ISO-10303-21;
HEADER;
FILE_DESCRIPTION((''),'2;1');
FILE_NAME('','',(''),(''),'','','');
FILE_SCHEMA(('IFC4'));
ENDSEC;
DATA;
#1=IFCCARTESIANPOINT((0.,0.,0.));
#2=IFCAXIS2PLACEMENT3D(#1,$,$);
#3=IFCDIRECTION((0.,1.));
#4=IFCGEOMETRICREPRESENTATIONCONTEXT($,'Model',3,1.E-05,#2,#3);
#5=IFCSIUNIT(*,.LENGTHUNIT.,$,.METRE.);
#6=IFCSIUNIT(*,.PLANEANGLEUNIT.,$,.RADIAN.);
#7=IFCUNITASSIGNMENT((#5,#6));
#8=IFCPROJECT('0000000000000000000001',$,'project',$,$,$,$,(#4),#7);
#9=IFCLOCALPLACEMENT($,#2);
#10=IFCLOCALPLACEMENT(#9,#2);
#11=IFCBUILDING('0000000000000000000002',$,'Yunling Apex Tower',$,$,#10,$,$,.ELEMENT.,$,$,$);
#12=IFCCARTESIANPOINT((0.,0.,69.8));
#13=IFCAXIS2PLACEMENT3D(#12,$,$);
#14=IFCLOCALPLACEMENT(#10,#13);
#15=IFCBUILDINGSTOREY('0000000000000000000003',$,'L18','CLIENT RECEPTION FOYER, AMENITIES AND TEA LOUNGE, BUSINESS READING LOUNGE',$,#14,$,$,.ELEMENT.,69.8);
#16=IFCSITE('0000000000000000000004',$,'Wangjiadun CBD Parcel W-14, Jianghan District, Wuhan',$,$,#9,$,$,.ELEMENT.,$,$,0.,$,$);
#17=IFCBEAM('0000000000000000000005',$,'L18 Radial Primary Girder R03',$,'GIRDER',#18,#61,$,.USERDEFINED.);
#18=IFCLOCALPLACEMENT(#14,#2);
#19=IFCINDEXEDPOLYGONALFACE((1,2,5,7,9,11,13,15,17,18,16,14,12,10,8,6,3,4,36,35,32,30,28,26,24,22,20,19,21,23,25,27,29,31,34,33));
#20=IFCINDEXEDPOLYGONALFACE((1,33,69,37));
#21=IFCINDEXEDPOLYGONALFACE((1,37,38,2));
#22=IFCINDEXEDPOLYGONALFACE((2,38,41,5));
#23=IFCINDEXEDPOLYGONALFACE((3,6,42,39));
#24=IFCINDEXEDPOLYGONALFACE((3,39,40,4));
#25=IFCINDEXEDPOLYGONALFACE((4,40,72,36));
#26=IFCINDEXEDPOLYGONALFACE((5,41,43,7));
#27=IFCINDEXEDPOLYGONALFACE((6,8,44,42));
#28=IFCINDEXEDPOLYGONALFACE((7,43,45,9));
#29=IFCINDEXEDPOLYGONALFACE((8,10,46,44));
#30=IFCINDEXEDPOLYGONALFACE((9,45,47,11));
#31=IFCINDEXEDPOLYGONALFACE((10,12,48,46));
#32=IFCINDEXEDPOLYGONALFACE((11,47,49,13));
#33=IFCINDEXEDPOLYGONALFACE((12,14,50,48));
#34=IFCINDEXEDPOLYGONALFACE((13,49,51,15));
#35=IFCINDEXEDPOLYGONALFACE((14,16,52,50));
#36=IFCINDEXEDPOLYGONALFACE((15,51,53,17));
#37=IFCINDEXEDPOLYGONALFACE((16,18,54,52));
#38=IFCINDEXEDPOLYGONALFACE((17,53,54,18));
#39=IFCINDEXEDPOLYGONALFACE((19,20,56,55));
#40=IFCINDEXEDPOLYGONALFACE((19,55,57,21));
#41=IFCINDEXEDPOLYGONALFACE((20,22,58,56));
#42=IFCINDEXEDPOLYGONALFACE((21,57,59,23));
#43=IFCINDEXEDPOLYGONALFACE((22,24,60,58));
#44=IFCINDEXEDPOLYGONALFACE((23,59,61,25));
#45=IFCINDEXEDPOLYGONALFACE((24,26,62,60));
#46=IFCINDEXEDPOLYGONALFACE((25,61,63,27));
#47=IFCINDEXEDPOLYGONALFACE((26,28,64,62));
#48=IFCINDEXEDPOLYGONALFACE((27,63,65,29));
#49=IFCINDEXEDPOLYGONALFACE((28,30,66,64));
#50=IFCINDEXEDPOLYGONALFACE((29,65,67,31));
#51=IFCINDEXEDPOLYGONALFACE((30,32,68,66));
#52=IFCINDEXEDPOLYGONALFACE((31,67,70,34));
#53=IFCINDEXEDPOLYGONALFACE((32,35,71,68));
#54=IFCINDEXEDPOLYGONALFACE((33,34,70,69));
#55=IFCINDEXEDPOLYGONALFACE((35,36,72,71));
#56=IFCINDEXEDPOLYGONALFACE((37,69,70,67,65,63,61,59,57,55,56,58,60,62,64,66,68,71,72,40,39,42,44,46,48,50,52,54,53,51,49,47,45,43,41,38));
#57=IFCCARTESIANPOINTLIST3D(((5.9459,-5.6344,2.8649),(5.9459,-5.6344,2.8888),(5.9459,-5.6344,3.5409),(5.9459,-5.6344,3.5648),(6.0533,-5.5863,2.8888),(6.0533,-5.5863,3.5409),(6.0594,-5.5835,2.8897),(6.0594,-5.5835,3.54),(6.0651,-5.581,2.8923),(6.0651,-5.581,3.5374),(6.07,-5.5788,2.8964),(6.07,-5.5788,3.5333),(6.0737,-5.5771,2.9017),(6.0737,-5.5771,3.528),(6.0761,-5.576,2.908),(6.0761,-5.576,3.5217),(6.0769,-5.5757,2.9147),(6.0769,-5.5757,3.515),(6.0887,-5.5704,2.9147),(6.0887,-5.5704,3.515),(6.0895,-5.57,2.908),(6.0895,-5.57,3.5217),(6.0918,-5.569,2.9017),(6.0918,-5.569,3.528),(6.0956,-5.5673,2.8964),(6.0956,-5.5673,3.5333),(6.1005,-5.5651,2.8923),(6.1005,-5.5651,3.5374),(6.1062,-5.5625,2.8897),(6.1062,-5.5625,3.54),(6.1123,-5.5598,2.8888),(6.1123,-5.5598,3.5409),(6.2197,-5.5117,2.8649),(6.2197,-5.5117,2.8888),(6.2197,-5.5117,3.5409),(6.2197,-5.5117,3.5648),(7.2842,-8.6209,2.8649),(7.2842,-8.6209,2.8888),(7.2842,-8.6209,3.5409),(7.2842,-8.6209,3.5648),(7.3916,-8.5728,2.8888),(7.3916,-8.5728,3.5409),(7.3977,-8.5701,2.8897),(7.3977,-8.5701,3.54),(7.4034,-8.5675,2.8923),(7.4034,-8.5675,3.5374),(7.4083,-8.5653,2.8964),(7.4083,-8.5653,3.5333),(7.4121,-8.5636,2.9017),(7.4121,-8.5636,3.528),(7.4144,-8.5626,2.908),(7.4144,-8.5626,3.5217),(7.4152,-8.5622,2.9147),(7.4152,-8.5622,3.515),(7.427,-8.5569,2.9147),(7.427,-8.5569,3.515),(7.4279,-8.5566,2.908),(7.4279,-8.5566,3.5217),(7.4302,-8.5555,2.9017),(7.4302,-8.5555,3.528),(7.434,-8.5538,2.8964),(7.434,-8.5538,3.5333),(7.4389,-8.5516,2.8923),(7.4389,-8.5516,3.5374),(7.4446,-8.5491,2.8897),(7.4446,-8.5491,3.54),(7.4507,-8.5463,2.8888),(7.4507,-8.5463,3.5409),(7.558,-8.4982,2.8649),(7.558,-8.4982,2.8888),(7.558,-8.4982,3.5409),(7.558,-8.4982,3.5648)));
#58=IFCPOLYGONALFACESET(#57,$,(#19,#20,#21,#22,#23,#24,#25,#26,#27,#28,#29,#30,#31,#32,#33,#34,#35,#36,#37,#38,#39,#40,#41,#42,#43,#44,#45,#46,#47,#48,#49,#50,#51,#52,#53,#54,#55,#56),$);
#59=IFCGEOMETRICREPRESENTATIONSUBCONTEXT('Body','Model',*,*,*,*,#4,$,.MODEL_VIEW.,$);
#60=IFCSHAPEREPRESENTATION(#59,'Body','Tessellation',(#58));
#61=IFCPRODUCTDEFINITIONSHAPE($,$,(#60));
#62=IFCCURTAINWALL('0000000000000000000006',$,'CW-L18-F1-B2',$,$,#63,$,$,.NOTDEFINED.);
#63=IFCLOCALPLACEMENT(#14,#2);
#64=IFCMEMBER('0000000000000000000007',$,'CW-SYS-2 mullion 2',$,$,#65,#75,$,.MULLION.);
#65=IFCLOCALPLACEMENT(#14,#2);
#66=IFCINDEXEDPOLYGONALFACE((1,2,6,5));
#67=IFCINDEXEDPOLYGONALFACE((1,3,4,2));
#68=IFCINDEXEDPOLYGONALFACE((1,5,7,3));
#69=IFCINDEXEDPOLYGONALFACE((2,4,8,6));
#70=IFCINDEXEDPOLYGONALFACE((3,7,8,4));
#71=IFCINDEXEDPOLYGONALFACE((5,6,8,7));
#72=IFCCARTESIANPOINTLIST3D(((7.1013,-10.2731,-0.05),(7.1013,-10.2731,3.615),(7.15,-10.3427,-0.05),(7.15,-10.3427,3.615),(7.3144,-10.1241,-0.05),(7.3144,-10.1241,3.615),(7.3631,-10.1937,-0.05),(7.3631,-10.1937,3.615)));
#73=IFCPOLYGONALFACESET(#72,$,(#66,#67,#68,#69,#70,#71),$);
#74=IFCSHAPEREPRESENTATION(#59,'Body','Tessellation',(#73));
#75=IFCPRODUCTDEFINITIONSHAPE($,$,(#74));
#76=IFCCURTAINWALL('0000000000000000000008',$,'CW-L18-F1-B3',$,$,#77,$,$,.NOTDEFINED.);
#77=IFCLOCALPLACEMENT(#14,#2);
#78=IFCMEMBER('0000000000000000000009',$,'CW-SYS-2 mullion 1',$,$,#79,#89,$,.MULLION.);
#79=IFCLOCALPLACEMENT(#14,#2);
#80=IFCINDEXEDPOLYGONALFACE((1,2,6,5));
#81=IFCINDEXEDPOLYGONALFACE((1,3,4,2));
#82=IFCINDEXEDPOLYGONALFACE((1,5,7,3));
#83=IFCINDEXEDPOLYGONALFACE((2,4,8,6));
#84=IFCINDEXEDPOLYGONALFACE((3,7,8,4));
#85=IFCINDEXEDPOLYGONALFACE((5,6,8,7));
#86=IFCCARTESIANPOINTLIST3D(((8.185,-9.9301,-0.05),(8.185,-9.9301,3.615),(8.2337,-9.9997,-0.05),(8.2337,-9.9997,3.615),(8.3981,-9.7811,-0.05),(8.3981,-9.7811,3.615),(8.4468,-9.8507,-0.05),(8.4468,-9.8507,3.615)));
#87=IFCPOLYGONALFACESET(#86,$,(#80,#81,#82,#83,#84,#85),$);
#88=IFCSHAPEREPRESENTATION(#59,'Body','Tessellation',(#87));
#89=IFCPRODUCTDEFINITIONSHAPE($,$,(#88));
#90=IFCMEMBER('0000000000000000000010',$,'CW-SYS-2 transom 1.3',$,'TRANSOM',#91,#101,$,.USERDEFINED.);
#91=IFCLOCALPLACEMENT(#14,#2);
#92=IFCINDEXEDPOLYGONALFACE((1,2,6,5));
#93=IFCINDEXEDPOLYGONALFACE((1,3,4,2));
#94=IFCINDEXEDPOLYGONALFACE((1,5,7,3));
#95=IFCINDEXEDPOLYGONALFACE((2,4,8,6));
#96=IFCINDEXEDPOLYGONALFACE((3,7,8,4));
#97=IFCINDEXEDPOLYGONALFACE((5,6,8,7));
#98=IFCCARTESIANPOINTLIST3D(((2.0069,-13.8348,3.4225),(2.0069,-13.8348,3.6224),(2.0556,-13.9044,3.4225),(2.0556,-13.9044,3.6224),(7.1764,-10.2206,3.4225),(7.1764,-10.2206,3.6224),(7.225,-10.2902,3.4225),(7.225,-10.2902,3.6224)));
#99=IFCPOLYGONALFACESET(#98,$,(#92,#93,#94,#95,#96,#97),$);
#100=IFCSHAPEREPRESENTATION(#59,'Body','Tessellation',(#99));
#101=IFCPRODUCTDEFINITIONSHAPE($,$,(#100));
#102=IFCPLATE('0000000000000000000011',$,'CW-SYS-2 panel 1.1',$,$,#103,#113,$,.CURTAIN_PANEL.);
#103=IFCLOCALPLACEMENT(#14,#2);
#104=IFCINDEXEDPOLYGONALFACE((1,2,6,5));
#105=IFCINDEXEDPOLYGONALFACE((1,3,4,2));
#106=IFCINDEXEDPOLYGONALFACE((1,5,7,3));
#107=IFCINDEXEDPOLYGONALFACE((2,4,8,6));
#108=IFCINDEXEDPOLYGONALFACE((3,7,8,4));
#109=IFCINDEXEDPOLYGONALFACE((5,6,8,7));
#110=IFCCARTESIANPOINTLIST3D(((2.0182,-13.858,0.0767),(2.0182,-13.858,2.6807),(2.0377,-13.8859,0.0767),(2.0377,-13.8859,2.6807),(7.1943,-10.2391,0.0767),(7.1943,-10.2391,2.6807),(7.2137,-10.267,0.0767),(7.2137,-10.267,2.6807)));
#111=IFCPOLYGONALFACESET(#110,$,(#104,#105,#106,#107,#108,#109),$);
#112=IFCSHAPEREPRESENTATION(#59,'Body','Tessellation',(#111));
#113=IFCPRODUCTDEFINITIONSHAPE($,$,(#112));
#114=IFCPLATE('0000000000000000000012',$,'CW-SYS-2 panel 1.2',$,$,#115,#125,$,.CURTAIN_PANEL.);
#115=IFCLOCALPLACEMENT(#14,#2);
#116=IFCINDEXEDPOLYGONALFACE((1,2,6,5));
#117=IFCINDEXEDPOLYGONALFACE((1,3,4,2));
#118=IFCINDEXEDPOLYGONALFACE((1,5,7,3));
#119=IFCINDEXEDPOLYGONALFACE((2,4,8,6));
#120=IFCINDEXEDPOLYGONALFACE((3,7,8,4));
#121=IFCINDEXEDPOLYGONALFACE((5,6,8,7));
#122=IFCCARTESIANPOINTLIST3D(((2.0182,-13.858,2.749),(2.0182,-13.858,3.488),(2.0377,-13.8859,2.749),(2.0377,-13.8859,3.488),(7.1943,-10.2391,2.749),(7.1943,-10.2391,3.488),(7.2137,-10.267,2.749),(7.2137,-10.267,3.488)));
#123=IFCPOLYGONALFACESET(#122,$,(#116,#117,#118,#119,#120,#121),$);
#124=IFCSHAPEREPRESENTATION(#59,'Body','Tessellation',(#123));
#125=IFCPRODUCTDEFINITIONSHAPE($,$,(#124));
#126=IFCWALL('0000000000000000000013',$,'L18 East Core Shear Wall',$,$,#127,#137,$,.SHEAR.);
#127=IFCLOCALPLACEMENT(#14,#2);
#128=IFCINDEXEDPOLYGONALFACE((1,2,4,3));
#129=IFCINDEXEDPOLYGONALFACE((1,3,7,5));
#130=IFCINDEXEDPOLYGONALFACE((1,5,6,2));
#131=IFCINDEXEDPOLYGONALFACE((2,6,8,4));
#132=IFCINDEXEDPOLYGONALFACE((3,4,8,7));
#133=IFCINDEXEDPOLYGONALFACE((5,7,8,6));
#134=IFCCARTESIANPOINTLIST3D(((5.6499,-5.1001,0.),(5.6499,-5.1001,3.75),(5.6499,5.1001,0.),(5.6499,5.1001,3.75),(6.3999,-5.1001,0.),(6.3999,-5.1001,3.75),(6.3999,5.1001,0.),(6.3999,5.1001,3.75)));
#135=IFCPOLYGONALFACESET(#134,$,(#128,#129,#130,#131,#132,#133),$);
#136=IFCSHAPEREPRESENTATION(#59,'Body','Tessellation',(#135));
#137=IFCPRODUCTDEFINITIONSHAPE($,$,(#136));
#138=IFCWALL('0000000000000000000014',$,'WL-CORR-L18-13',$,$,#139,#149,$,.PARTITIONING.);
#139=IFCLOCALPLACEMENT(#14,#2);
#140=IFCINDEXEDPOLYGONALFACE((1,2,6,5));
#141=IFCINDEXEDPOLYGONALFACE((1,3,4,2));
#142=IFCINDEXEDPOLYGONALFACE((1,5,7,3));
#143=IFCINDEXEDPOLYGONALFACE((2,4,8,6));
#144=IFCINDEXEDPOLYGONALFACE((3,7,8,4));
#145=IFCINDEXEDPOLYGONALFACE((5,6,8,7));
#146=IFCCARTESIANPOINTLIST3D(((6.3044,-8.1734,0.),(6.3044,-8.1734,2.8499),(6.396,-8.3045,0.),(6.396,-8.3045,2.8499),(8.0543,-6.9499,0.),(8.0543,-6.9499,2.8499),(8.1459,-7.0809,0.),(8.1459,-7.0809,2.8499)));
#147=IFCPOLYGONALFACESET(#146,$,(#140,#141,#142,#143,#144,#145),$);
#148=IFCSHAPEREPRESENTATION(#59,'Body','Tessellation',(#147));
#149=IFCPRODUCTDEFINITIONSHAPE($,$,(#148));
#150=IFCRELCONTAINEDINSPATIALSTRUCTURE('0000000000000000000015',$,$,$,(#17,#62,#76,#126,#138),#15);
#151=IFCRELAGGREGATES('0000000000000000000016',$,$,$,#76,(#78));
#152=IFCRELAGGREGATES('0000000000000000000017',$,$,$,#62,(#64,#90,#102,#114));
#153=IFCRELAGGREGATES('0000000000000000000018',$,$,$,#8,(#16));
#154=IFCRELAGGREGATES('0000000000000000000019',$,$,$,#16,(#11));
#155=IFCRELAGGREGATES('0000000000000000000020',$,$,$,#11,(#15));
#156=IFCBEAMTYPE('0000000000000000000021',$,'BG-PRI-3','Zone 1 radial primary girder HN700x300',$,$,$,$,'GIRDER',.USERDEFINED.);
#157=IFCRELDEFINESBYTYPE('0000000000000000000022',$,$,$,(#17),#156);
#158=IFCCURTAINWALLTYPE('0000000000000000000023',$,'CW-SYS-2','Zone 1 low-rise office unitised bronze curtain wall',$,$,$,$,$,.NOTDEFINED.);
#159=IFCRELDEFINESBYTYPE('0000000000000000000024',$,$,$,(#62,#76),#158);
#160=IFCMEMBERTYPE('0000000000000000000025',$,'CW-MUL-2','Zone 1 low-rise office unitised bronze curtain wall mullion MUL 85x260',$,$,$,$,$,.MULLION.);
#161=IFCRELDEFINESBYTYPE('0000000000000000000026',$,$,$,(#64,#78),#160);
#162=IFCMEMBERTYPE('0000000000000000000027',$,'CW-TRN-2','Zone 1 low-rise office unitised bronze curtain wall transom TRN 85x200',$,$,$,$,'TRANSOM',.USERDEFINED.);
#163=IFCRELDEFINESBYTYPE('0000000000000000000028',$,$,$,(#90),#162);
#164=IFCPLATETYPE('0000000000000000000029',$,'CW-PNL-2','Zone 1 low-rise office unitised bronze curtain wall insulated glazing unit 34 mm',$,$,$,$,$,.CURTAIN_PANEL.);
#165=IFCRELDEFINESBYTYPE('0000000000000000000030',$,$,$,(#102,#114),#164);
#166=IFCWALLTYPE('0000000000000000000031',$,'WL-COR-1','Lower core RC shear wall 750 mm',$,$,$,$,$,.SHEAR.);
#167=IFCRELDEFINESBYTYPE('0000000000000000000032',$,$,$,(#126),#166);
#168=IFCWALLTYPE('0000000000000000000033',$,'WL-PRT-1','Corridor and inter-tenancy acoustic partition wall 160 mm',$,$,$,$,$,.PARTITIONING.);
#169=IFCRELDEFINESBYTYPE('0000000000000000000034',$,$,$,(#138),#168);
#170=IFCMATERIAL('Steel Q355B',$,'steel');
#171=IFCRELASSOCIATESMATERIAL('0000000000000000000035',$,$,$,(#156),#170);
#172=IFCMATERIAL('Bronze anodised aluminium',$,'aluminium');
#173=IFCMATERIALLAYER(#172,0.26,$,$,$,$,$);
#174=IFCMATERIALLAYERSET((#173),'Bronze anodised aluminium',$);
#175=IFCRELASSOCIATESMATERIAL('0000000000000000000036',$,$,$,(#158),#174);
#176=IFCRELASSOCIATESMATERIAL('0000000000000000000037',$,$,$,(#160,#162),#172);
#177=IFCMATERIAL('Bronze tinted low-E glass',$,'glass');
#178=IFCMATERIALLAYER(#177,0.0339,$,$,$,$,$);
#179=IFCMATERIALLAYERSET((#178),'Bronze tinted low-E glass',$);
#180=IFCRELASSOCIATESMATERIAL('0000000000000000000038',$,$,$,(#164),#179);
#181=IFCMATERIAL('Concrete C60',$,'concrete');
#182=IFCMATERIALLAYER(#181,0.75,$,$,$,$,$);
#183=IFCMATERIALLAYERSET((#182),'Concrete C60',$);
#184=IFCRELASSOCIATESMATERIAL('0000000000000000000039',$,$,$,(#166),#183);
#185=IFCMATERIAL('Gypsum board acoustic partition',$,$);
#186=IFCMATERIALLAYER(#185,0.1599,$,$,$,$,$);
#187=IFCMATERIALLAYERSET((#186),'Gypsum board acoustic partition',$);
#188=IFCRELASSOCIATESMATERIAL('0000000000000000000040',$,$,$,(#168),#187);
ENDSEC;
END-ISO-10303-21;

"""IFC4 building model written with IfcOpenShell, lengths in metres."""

from ifc_helpers import new_model, si_unit, direction, frame, frame_2d, origin, origin_2d, place, context, subcontext, project, spatial, rectangle, i_section, extrude, source, transform, mapped, material, layer, layer_set, material_profile, profile_set, type_object, element, aggregate, save


model = new_model("IFC4")

# Units and contexts
model_context = context("Model", 3, precision=1e-05, world=origin(), true_north=direction((0.0, 1.0)))
body_context = subcontext(model_context, "Body", "Model", "MODEL_VIEW")
ifc_project = project(units=[si_unit("LENGTHUNIT", "METRE"), si_unit("PLANEANGLEUNIT", "RADIAN")], contexts=[model_context])

# Site, building, storey
site_placement = place(None, origin())
site = spatial("IfcSite", under=ifc_project, at=site_placement, Name="Wangjiadun CBD Parcel W-14, Jianghan District, Wuhan", CompositionType="ELEMENT", RefElevation=0.0)
building_placement = place(site_placement, origin())
building = spatial("IfcBuilding", under=site, at=building_placement, Name="Yunling Apex Tower", CompositionType="ELEMENT")
storey_placement = place(building_placement, frame((0.0, 0.0, 69.8)))
storey = spatial("IfcBuildingStorey", under=building, at=storey_placement, Name="L18", Description="CLIENT RECEPTION FOYER, AMENITIES AND TEA LOUNGE, BUSINESS READING LOUNGE", CompositionType="ELEMENT", Elevation=69.8)

# Shared definitions
ifc_material_1 = material(Name="Concrete C60", Category="concrete")

# Beam
ifc_material_2 = material(Name="Steel Q355B", Category="steel")
ifc_material_profile_1 = material_profile(ifc_material_2, i_section(OverallWidth=0.3, OverallDepth=0.7, WebThickness=0.0129, FlangeThickness=0.0239, FilletRadius=0.0259, at=origin_2d()))
ifc_profile_set_1 = profile_set([ifc_material_profile_1], Name="Steel Q355B")
beam_type = type_object("IfcBeamType", Name="BG-PRI-3", Description="Zone 1 radial primary girder HN700x300", ElementType="GIRDER", PredefinedType="USERDEFINED", material=ifc_profile_set_1)
shared_shape_1 = source(origin(), body_context, "Body", "SweptSolid", [
    extrude(i_section(OverallWidth=0.3, OverallDepth=0.7, WebThickness=0.0129, FlangeThickness=0.0239, FilletRadius=0.0259, at=origin_2d()), origin(), (0.0, 0.0, 1.0), 3.2727),
])
beam_1_placement = place(storey_placement, frame((7.4211, -8.5596, 3.2148), z_axis=(-0.408947, 0.912558, 0.0), x_axis=(-0.912558, -0.408947, 0.0)))
element("IfcBeam", 1, at=beam_1_placement, inside=storey, type_object=beam_type, Name="L18 Radial Primary Girder R03", ObjectType="GIRDER", PredefinedType="USERDEFINED", context=body_context, shape_type="MappedRepresentation", body=[
    mapped(shared_shape_1, transform((0.0, 0.0, 0.0), scale=1.0)),
])

# Curtain walls, members
ifc_material_3 = material(Name="Bronze anodised aluminium", Category="aluminium")
ifc_layer_1 = layer(ifc_material_3, 0.26)
ifc_layer_set_1 = layer_set([ifc_layer_1], Name="Bronze anodised aluminium")
curtain_wall_type = type_object("IfcCurtainWallType", Name="CW-SYS-2", Description="Zone 1 low-rise office unitised bronze curtain wall", PredefinedType="NOTDEFINED", material=ifc_layer_set_1)
curtain_wall_1_placement = place(storey_placement, origin())
curtain_wall_1 = element("IfcCurtainWall", 2, at=curtain_wall_1_placement, inside=storey, type_object=curtain_wall_type, Name="CW-L18-F1-B2", PredefinedType="NOTDEFINED")
ifc_material_profile_2 = material_profile(ifc_material_3, rectangle(XDim=0.085, YDim=0.26, at=origin_2d()))
ifc_profile_set_2 = profile_set([ifc_material_profile_2], Name="Bronze anodised aluminium")
member_type_1 = type_object("IfcMemberType", Name="CW-MUL-2", Description="Zone 1 low-rise office unitised bronze curtain wall mullion MUL 85x260", PredefinedType="MULLION", material=ifc_profile_set_2)
shared_shape_2 = source(origin(), body_context, "Body", "SweptSolid", [
    extrude(rectangle(XDim=0.085, YDim=0.26, at=origin_2d()), origin(), (0.0, 0.0, 1.0), 3.665),
])
member_1_placement = place(storey_placement, frame((7.2322, -10.2334, -0.05), z_axis=(0.0, 0.0, 1.0), x_axis=(-0.573003, 0.819553, 0.0)))
member_1 = element("IfcMember", 3, at=member_1_placement, type_object=member_type_1, Name="CW-SYS-2 mullion 2", PredefinedType="MULLION", context=body_context, shape_type="MappedRepresentation", body=[
    mapped(shared_shape_2, transform((0.0, 0.0, 0.0), scale=1.0)),
])
curtain_wall_2_placement = place(storey_placement, origin())
curtain_wall_2 = element("IfcCurtainWall", 4, at=curtain_wall_2_placement, inside=storey, type_object=curtain_wall_type, Name="CW-L18-F1-B3", PredefinedType="NOTDEFINED")
member_2_placement = place(storey_placement, frame((8.3159, -9.8904, -0.05), z_axis=(0.0, 0.0, 1.0), x_axis=(-0.572996, 0.819558, 0.0)))
member_2 = element("IfcMember", 5, at=member_2_placement, type_object=member_type_1, Name="CW-SYS-2 mullion 1", PredefinedType="MULLION", context=body_context, shape_type="MappedRepresentation", body=[
    mapped(shared_shape_2, transform((0.0, 0.0, 0.0), scale=1.0)),
])
aggregate(curtain_wall_2, [member_2])

# Member
ifc_material_profile_3 = material_profile(ifc_material_3, rectangle(XDim=0.085, YDim=0.2, at=origin_2d()))
ifc_profile_set_3 = profile_set([ifc_material_profile_3], Name="Bronze anodised aluminium")
member_type_2 = type_object("IfcMemberType", Name="CW-TRN-2", Description="Zone 1 low-rise office unitised bronze curtain wall transom TRN 85x200", ElementType="TRANSOM", PredefinedType="USERDEFINED", material=ifc_profile_set_3)
shared_shape_3 = source(origin(), body_context, "Body", "SweptSolid", [
    extrude(rectangle(XDim=0.085, YDim=0.2, at=origin_2d()), origin(), (0.0, 0.0, 1.0), 6.3076),
])
member_3_placement = place(storey_placement, frame((2.0312, -13.8696, 3.5225), z_axis=(0.819555, 0.573, 0.0), x_axis=(-0.573, 0.819555, 0.0)))
member_3 = element("IfcMember", 6, at=member_3_placement, type_object=member_type_2, Name="CW-SYS-2 transom 1.3", ObjectType="TRANSOM", PredefinedType="USERDEFINED", context=body_context, shape_type="MappedRepresentation", body=[
    mapped(shared_shape_3, transform((0.0, 0.0, 0.0), scale=1.0)),
])

# Plates
ifc_material_4 = material(Name="Bronze tinted low-E glass", Category="glass")
ifc_layer_2 = layer(ifc_material_4, 0.0339)
ifc_layer_set_2 = layer_set([ifc_layer_2], Name="Bronze tinted low-E glass")
plate_type = type_object("IfcPlateType", Name="CW-PNL-2", Description="Zone 1 low-rise office unitised bronze curtain wall insulated glazing unit 34 mm", PredefinedType="CURTAIN_PANEL", material=ifc_layer_set_2)
shared_shape_4 = source(origin(), body_context, "Body", "SweptSolid", [
    extrude(rectangle(XDim=6.3157, YDim=0.0339, at=origin_2d()), origin(), (0.0, 0.0, 1.0), 2.604),
])
plate_1_placement = place(storey_placement, frame((4.616, -12.0625, 0.0767), z_axis=(0.0, 0.0, 1.0), x_axis=(0.819553, 0.573003, 0.0)))
plate_1 = element("IfcPlate", 7, at=plate_1_placement, type_object=plate_type, Name="CW-SYS-2 panel 1.1", PredefinedType="CURTAIN_PANEL", context=body_context, shape_type="MappedRepresentation", body=[
    mapped(shared_shape_4, transform((0.0, 0.0, 0.0), scale=1.0)),
])
shared_shape_5 = source(origin(), body_context, "Body", "SweptSolid", [
    extrude(rectangle(XDim=6.3157, YDim=0.0339, at=origin_2d()), origin(), (0.0, 0.0, 1.0), 0.739),
])
plate_2_placement = place(storey_placement, frame((4.616, -12.0625, 2.749), z_axis=(0.0, 0.0, 1.0), x_axis=(0.819553, 0.573003, 0.0)))
plate_2 = element("IfcPlate", 8, at=plate_2_placement, type_object=plate_type, Name="CW-SYS-2 panel 1.2", PredefinedType="CURTAIN_PANEL", context=body_context, shape_type="MappedRepresentation", body=[
    mapped(shared_shape_5, transform((0.0, 0.0, 0.0), scale=1.0)),
])
aggregate(curtain_wall_1, [member_1, member_3, plate_1, plate_2])

# Walls
ifc_layer_3 = layer(ifc_material_1, 0.75)
ifc_layer_set_3 = layer_set([ifc_layer_3], Name="Concrete C60")
wall_type_1 = type_object("IfcWallType", Name="WL-COR-1", Description="Lower core RC shear wall 750 mm", PredefinedType="SHEAR", material=ifc_layer_set_3)
wall_1_placement = place(storey_placement, frame((6.0249, -5.1001, 0.0), z_axis=(0.0, 0.0, 1.0), x_axis=(0.0, 1.0, 0.0)))
element("IfcWall", 9, at=wall_1_placement, inside=storey, type_object=wall_type_1, Name="L18 East Core Shear Wall", PredefinedType="SHEAR", context=body_context, shape_type="SweptSolid", body=[
    extrude(rectangle(XDim=10.2002, YDim=0.75, at=frame_2d((5.1001, 0.0))), origin(), (0.0, 0.0, 1.0), 3.75),
])
ifc_material_5 = material(Name="Gypsum board acoustic partition")
ifc_layer_4 = layer(ifc_material_5, 0.1599)
ifc_layer_set_4 = layer_set([ifc_layer_4], Name="Gypsum board acoustic partition")
wall_type_2 = type_object("IfcWallType", Name="WL-PRT-1", Description="Corridor and inter-tenancy acoustic partition wall 160 mm", PredefinedType="PARTITIONING", material=ifc_layer_set_4)
wall_2_placement = place(storey_placement, frame((8.1001, -7.0154, 0.0), z_axis=(0.0, 0.0, 1.0), x_axis=(-0.819533, -0.573033, 0.0)))
element("IfcWall", 10, at=wall_2_placement, inside=storey, type_object=wall_type_2, Name="WL-CORR-L18-13", PredefinedType="PARTITIONING", context=body_context, shape_type="SweptSolid", body=[
    extrude(rectangle(XDim=2.1353, YDim=0.1599, at=frame_2d((1.0676, 0.0))), origin(), (0.0, 0.0, 1.0), 2.8499),
])

save(model, "model.ifc")
